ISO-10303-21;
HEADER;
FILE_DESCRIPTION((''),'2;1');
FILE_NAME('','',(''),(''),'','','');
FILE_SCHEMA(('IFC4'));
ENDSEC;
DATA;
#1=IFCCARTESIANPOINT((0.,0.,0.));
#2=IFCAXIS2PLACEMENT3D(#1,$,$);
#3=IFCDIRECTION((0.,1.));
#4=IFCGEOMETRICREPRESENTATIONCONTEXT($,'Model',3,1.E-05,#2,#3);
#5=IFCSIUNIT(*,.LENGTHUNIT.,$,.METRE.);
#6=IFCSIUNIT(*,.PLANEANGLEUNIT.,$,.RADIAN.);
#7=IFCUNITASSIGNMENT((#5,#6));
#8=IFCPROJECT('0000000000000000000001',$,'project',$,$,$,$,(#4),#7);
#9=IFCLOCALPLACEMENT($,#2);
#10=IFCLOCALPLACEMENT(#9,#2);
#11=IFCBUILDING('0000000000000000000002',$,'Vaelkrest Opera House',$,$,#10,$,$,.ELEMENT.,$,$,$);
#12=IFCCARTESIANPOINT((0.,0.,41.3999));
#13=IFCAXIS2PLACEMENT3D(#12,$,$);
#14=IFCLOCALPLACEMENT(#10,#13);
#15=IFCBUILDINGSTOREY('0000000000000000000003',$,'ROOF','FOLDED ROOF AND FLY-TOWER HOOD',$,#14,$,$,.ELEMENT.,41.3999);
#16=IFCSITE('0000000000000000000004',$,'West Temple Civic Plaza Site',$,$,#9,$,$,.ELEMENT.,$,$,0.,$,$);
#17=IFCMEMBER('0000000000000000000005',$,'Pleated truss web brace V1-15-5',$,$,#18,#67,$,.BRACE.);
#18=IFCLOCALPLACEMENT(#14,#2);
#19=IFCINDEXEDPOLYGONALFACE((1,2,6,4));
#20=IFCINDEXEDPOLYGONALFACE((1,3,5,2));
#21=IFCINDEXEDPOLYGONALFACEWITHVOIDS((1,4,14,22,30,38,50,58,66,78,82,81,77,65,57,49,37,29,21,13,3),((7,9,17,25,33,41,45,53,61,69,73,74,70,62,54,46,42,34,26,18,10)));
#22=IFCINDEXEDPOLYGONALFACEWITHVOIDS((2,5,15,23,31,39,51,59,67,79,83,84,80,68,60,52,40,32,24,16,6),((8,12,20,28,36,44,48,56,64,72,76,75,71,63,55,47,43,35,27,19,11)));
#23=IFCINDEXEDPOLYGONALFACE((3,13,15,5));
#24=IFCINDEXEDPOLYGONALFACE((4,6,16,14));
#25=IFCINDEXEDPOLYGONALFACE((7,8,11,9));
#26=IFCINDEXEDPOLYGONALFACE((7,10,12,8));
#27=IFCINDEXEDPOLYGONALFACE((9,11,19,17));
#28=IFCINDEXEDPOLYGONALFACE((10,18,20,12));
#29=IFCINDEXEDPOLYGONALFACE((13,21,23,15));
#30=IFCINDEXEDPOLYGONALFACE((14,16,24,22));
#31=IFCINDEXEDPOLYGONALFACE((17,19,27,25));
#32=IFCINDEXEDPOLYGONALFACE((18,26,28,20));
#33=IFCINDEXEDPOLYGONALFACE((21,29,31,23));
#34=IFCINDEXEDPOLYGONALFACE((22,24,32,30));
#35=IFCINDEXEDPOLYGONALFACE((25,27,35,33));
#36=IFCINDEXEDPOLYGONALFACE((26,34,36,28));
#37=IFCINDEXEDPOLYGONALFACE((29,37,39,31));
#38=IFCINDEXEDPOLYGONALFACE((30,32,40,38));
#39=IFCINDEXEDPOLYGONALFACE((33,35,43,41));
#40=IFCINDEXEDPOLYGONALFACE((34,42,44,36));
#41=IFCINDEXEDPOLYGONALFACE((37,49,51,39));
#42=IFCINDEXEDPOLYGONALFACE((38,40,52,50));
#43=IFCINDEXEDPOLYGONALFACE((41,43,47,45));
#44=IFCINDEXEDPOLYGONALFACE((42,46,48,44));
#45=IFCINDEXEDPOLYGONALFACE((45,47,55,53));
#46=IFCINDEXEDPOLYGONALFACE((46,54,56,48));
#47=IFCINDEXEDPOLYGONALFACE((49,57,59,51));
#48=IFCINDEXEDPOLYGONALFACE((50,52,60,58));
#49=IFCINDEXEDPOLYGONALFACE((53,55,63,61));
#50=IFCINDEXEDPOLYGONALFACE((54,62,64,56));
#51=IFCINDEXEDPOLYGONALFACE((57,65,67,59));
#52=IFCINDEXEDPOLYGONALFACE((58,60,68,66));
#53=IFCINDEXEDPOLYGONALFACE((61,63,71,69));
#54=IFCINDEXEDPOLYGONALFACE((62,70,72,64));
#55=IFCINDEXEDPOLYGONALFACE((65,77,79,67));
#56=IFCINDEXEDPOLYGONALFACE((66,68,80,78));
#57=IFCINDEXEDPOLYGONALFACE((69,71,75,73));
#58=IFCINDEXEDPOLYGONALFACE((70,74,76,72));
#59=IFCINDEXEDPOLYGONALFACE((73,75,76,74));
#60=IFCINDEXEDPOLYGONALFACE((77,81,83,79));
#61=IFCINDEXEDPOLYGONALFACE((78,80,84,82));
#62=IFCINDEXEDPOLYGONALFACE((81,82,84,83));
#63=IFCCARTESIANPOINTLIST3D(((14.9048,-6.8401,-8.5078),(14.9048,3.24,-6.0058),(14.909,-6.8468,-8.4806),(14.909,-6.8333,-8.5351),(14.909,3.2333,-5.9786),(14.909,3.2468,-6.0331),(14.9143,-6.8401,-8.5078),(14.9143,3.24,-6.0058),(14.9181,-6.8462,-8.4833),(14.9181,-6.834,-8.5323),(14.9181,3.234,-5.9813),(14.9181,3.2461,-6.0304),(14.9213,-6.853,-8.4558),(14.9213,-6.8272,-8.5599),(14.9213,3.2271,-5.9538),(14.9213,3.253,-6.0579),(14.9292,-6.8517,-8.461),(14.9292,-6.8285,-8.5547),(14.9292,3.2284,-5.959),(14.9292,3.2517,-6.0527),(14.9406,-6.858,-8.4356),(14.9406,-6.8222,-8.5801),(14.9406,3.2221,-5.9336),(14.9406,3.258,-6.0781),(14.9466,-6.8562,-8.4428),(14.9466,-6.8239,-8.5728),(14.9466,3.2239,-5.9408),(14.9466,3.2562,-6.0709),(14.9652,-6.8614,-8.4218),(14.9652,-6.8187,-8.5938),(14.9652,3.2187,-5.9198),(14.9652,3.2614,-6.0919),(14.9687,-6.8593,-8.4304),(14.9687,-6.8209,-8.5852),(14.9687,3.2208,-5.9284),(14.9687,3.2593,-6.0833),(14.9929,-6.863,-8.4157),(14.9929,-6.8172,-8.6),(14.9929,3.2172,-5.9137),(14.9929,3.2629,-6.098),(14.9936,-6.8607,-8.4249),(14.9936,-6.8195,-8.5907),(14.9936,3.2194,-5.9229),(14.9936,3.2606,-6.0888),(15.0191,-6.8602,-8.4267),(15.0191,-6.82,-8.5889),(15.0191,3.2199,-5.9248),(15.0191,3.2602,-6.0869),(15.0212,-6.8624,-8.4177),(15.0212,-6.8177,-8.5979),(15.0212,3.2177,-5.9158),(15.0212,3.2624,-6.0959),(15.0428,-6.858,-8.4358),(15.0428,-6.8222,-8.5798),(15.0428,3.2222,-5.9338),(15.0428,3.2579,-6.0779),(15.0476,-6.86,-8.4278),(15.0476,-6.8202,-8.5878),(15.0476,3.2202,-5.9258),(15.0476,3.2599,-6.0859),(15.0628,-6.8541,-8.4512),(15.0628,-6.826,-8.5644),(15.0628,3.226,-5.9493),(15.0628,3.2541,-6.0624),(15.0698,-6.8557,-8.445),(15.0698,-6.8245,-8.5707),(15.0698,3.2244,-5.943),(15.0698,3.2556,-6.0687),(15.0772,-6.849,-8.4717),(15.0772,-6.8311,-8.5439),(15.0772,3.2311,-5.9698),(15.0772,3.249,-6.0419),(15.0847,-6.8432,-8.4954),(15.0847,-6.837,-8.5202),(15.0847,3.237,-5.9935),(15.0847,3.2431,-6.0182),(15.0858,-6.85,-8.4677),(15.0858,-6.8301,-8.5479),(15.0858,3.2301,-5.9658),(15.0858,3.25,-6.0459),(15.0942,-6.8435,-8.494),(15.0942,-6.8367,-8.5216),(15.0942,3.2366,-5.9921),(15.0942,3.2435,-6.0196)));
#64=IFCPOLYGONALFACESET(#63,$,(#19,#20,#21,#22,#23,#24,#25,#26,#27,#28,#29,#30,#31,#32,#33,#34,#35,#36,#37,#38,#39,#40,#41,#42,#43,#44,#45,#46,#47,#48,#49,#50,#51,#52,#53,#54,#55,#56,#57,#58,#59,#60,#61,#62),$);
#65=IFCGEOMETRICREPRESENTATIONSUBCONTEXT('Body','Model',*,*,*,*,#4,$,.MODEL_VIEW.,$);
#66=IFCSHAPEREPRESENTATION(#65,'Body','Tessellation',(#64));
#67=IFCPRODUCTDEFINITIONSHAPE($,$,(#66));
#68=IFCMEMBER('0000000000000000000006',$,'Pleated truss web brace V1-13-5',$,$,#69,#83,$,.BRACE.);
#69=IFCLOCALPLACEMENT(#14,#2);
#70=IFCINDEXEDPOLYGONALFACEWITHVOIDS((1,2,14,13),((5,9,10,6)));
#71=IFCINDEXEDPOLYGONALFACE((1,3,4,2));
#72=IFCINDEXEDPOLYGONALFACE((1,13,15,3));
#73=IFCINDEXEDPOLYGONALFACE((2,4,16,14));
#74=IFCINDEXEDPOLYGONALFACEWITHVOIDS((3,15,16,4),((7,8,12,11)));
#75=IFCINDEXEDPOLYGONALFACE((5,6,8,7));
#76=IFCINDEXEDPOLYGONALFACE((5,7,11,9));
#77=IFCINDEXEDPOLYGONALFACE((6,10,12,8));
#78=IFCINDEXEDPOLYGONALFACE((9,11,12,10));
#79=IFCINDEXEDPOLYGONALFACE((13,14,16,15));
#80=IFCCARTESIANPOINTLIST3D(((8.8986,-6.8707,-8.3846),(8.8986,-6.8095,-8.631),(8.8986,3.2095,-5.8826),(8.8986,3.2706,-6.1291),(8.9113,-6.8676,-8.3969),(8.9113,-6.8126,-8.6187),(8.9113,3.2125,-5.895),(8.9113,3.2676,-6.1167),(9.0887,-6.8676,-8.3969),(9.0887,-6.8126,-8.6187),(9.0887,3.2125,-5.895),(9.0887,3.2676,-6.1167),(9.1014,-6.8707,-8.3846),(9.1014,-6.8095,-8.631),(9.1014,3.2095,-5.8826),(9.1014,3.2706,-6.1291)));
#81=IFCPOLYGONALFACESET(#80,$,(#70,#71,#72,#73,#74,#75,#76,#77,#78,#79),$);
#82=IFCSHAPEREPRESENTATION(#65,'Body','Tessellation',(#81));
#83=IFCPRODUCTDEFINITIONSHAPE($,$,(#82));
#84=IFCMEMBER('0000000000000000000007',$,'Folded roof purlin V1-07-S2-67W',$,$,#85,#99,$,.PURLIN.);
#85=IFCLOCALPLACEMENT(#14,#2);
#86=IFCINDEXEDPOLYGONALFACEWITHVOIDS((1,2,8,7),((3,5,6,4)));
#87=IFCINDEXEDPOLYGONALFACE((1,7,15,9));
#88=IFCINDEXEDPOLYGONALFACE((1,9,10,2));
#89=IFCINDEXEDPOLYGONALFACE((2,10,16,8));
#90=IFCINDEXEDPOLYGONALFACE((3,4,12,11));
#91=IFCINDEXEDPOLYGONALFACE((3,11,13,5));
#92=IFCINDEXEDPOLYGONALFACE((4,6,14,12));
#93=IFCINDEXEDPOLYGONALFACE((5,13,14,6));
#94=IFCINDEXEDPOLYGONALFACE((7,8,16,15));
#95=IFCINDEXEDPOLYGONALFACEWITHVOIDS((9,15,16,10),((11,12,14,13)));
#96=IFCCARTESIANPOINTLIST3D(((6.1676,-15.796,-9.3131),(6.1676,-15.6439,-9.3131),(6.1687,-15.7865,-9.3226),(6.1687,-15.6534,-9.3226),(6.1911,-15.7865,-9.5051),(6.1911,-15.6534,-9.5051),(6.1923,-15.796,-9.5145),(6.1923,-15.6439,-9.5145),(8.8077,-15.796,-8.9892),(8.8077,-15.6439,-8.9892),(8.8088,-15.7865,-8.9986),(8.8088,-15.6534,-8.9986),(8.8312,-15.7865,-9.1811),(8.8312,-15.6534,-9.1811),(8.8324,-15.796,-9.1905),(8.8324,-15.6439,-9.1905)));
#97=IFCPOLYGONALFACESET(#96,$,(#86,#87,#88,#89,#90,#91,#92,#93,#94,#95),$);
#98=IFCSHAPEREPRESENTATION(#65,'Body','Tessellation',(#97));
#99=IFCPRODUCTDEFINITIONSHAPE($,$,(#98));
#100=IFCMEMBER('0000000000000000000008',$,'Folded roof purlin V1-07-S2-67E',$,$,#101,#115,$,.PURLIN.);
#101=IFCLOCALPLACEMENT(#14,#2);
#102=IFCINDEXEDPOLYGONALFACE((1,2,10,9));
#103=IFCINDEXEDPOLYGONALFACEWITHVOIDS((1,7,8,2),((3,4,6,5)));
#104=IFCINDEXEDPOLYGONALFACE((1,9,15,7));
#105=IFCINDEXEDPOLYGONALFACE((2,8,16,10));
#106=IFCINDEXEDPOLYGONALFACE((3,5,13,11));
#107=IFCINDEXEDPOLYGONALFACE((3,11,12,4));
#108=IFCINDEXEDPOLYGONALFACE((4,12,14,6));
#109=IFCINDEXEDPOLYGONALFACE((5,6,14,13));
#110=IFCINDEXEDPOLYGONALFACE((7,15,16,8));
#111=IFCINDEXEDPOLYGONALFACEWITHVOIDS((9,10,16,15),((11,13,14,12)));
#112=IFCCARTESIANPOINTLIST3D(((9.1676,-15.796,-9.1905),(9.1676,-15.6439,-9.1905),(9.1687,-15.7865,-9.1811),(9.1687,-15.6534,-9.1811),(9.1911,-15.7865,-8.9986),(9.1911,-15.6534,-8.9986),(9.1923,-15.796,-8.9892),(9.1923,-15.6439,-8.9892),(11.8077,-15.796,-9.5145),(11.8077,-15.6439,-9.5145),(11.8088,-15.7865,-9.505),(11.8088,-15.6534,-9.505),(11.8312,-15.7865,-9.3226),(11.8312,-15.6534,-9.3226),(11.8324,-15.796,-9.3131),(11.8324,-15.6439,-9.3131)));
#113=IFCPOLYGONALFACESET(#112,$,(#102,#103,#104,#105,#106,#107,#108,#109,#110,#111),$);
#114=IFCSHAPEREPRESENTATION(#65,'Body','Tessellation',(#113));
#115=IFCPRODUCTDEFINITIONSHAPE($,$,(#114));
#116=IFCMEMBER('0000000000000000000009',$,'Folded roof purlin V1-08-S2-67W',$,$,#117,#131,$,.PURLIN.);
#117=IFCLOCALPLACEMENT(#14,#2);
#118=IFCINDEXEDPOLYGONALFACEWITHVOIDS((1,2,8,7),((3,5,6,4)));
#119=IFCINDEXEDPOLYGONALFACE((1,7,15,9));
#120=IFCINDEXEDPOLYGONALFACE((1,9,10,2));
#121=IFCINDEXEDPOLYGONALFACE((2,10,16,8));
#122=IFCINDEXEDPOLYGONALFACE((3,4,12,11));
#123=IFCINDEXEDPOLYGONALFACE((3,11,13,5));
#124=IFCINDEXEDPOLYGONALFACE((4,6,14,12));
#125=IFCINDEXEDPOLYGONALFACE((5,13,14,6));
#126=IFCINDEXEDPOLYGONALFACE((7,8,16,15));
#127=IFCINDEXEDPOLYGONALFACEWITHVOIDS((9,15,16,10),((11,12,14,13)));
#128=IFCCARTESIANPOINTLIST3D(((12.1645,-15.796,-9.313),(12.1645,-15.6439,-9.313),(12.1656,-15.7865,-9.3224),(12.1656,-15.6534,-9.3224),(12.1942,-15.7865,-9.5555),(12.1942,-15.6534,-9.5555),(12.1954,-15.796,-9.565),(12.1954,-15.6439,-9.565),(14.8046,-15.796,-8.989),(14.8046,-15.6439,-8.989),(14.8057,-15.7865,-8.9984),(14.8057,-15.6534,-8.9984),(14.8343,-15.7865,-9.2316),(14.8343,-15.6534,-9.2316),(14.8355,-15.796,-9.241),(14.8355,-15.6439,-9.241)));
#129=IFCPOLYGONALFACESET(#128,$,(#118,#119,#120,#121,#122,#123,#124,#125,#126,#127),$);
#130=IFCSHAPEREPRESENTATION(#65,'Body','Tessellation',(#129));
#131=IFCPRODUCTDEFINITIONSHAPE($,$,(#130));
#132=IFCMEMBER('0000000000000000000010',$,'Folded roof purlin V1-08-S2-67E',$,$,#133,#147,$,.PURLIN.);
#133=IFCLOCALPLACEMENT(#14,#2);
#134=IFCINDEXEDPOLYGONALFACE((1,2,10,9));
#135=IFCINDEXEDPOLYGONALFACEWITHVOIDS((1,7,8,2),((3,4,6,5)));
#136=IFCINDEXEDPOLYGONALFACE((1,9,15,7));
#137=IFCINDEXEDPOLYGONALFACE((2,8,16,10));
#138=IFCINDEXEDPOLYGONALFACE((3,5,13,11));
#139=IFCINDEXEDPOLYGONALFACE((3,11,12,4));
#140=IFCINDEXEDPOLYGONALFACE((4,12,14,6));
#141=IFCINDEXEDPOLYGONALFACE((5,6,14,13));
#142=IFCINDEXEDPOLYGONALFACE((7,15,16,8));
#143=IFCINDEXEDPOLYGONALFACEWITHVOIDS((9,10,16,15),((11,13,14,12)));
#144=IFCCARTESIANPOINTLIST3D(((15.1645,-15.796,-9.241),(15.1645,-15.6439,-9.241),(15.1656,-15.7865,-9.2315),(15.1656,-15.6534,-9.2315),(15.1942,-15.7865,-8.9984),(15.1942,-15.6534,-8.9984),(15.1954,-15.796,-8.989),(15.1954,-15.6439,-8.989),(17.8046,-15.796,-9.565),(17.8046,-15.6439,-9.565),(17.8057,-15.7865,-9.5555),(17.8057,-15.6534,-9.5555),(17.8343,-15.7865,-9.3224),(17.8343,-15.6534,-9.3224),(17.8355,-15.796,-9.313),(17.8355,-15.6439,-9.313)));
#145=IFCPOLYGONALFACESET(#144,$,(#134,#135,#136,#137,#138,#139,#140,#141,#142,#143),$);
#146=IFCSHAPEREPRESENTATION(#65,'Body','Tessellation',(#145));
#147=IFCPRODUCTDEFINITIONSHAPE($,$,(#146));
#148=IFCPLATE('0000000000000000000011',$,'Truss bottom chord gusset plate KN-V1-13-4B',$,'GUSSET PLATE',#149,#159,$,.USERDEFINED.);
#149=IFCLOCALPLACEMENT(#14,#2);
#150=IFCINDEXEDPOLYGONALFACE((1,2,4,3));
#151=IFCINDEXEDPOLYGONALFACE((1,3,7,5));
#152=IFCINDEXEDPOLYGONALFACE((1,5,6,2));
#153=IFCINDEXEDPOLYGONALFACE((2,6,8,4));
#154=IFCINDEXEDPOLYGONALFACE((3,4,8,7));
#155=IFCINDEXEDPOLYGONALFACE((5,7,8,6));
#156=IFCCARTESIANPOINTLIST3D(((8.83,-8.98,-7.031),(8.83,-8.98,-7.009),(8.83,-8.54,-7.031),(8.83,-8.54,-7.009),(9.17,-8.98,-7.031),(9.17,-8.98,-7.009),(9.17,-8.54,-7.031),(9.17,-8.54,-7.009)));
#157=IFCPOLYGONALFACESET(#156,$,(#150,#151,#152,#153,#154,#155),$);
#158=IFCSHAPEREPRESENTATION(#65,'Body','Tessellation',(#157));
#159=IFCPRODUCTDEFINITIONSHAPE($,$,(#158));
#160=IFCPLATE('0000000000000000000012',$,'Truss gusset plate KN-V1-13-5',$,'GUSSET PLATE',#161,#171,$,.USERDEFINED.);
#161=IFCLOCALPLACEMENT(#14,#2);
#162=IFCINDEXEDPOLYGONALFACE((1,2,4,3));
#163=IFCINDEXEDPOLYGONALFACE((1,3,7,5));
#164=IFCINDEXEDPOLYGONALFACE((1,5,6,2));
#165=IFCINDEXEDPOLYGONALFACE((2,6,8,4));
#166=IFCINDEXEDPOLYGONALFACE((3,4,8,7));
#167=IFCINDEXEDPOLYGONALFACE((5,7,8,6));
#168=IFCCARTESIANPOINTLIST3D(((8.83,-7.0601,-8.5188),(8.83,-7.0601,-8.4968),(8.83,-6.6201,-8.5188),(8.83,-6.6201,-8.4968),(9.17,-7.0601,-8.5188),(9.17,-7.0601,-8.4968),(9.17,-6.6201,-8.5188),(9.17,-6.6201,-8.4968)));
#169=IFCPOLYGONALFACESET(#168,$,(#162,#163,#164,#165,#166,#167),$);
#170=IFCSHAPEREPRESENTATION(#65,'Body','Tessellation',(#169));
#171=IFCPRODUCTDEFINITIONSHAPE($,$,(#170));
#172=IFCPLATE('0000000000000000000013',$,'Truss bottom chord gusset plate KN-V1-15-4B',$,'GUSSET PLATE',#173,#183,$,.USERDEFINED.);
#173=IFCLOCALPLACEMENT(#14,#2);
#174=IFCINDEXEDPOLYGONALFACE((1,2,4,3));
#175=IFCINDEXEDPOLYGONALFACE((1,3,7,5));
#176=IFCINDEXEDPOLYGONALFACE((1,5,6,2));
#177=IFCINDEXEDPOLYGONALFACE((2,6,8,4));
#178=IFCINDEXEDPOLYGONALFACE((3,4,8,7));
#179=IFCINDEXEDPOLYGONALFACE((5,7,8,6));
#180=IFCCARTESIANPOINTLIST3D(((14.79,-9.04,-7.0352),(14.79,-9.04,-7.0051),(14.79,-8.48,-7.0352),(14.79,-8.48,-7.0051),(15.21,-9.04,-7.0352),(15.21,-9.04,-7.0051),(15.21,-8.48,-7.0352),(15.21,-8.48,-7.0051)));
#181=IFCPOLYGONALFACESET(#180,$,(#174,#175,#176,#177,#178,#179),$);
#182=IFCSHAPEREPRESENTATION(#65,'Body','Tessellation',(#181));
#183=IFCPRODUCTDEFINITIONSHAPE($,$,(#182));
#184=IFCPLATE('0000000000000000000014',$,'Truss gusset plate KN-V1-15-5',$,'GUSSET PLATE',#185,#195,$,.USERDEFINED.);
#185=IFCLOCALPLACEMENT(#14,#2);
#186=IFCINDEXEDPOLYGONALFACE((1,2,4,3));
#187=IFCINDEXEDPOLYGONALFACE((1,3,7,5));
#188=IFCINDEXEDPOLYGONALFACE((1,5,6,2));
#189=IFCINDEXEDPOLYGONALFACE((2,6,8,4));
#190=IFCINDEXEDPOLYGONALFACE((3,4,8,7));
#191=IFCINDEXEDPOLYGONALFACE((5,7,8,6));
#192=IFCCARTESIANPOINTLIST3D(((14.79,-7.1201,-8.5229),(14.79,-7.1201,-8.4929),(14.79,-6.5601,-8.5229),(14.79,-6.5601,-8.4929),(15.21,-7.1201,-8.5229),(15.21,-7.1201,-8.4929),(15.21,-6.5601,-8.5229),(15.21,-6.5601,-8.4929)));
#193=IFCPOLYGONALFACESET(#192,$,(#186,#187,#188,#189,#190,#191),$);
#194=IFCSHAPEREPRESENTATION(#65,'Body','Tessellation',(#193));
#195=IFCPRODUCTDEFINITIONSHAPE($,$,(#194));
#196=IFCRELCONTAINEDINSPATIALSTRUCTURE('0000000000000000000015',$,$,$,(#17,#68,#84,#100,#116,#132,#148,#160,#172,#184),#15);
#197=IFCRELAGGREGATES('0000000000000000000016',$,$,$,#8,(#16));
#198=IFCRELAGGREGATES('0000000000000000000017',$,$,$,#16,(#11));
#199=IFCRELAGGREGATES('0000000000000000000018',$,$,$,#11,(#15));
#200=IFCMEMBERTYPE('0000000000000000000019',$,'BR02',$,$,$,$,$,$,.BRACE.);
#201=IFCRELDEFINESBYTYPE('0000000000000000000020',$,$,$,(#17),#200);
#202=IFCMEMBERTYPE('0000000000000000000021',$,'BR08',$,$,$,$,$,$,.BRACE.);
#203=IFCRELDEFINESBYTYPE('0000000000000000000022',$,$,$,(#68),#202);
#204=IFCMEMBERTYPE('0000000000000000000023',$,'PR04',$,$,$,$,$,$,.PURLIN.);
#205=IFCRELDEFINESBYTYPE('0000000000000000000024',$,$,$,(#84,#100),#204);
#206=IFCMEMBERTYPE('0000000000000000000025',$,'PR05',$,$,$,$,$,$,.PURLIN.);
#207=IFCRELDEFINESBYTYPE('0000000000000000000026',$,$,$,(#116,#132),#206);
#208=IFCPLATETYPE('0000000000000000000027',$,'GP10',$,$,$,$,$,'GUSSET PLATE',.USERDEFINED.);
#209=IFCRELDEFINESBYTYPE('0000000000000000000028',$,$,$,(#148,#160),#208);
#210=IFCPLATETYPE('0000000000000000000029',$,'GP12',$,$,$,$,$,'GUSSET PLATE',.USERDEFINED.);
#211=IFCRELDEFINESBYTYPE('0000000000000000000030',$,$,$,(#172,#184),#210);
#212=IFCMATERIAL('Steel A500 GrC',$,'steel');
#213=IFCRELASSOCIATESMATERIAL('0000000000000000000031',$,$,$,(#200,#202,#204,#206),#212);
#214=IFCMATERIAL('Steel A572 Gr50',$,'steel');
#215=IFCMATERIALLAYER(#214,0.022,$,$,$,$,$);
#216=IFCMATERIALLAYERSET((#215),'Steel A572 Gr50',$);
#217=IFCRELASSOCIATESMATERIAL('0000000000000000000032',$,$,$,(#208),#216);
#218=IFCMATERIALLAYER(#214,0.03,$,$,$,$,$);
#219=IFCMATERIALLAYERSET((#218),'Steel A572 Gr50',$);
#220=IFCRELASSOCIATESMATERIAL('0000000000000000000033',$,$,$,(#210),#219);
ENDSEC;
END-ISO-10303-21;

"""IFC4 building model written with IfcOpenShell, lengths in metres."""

from ifc_helpers import new_model, si_unit, direction, frame, origin, origin_2d, place, context, subcontext, project, spatial, rectangle, hollow_rectangle, hollow_circle, extrude, material, layer, layer_set, material_profile, profile_set, type_object, element, save


model = new_model("IFC4")

# Units and contexts
model_context = context("Model", 3, precision=1e-05, world=origin(), true_north=direction((0.0, 1.0)))
body_context = subcontext(model_context, "Body", "Model", "MODEL_VIEW")
ifc_project = project(units=[si_unit("LENGTHUNIT", "METRE"), si_unit("PLANEANGLEUNIT", "RADIAN")], contexts=[model_context])

# Site, building, storey
site_placement = place(None, origin())
site = spatial("IfcSite", under=ifc_project, at=site_placement, Name="West Temple Civic Plaza Site", CompositionType="ELEMENT", RefElevation=0.0)
building_placement = place(site_placement, origin())
building = spatial("IfcBuilding", under=site, at=building_placement, Name="Vaelkrest Opera House", CompositionType="ELEMENT")
storey_placement = place(building_placement, frame((0.0, 0.0, 41.3999)))
storey = spatial("IfcBuildingStorey", under=building, at=storey_placement, Name="ROOF", Description="FOLDED ROOF AND FLY-TOWER HOOD", CompositionType="ELEMENT", Elevation=41.3999)

# Members
ifc_material_1 = material(Name="Steel A500 GrC", Category="steel")
ifc_material_profile_1 = material_profile(ifc_material_1, hollow_circle(Radius=0.0952, WallThickness=0.0095, at=origin_2d()), Name="HSS190.5X9.5")
ifc_profile_set_1 = profile_set([ifc_material_profile_1], Name="Steel A500 GrC")
member_type_1 = type_object("IfcMemberType", Name="BR02", PredefinedType="BRACE", material=ifc_profile_set_1)
member_1_placement = place(storey_placement, frame((15.0, -6.8401, -8.5078), z_axis=(0.0, 0.97055, 0.240898), x_axis=(-1.0, 0.0, 0.0)))
element("IfcMember", 1, at=member_1_placement, inside=storey, type_object=member_type_1, Name="Pleated truss web brace V1-15-5", PredefinedType="BRACE", context=body_context, shape_type="SweptSolid", body=[
    extrude(hollow_circle(Radius=0.0952, WallThickness=0.0095, at=origin_2d()), origin(), (0.0, 0.0, 1.0), 10.386),
])
ifc_material_profile_2 = material_profile(ifc_material_1, hollow_rectangle(XDim=0.2029, YDim=0.2539, WallThickness=0.0127, at=origin_2d()), Name="HSS254X203X12.7")
ifc_profile_set_2 = profile_set([ifc_material_profile_2], Name="Steel A500 GrC")
member_type_2 = type_object("IfcMemberType", Name="BR08", PredefinedType="BRACE", material=ifc_profile_set_2)
member_2_placement = place(storey_placement, frame((9.0, -6.8401, -8.5078), z_axis=(0.0, 0.97055, 0.240898), x_axis=(-1.0, 0.0, 0.0)))
element("IfcMember", 2, at=member_2_placement, inside=storey, type_object=member_type_2, Name="Pleated truss web brace V1-13-5", PredefinedType="BRACE", context=body_context, shape_type="SweptSolid", body=[
    extrude(hollow_rectangle(XDim=0.2029, YDim=0.2539, WallThickness=0.0127, at=origin_2d()), origin(), (0.0, 0.0, 1.0), 10.386),
])
ifc_material_profile_3 = material_profile(ifc_material_1, hollow_rectangle(XDim=0.1521, YDim=0.2029, WallThickness=0.0095, at=origin_2d()), Name="HSS203X152X9.5")
ifc_profile_set_3 = profile_set([ifc_material_profile_3], Name="Steel A500 GrC")
member_type_3 = type_object("IfcMemberType", Name="PR04", PredefinedType="PURLIN", material=ifc_profile_set_3)
for number, where, z_axis, x_axis, name in (
    (3, (6.1799, -15.72, -9.4138), (0.992555, 0.0, 0.121798), (0.0, 1.0, 0.0), "Folded roof purlin V1-07-S2-67W"),
    (4, (9.1799, -15.72, -9.0898), (0.992555, 0.0, -0.121798), (0.0, 1.0, 0.0), "Folded roof purlin V1-07-S2-67E"),
):
    element("IfcMember", number, at=place(storey_placement, frame(where, z_axis=z_axis, x_axis=x_axis)), inside=storey, type_object=member_type_3, Name=name, PredefinedType="PURLIN", context=body_context, shape_type="SweptSolid", body=[
        extrude(hollow_rectangle(XDim=0.1521, YDim=0.2029, WallThickness=0.0095, at=origin_2d()), origin(), (0.0, 0.0, 1.0), 2.6599),
    ])
ifc_material_profile_4 = material_profile(ifc_material_1, hollow_rectangle(XDim=0.1521, YDim=0.2539, WallThickness=0.0095, at=origin_2d()), Name="HSS254X152X9.5")
ifc_profile_set_4 = profile_set([ifc_material_profile_4], Name="Steel A500 GrC")
member_type_4 = type_object("IfcMemberType", Name="PR05", PredefinedType="PURLIN", material=ifc_profile_set_4)
for number, where, z_axis, x_axis, name in (
    (5, (12.1799, -15.72, -9.439), (0.992555, 0.0, 0.121798), (0.0, 1.0, 0.0), "Folded roof purlin V1-08-S2-67W"),
    (6, (15.1799, -15.72, -9.115), (0.992555, 0.0, -0.121798), (0.0, 1.0, 0.0), "Folded roof purlin V1-08-S2-67E"),
):
    element("IfcMember", number, at=place(storey_placement, frame(where, z_axis=z_axis, x_axis=x_axis)), inside=storey, type_object=member_type_4, Name=name, PredefinedType="PURLIN", context=body_context, shape_type="SweptSolid", body=[
        extrude(hollow_rectangle(XDim=0.1521, YDim=0.2539, WallThickness=0.0095, at=origin_2d()), origin(), (0.0, 0.0, 1.0), 2.6599),
    ])

# Plates
ifc_material_2 = material(Name="Steel A572 Gr50", Category="steel")
ifc_layer_1 = layer(ifc_material_2, 0.022)
ifc_layer_set_1 = layer_set([ifc_layer_1], Name="Steel A572 Gr50")
plate_type_1 = type_object("IfcPlateType", Name="GP10", ElementType="GUSSET PLATE", PredefinedType="USERDEFINED", material=ifc_layer_set_1)
for number, where, z_axis, x_axis, name in (
    (7, (9.0, -8.76, -7.031), (0.0, 0.0, 1.0), (0.0, 1.0, 0.0), "Truss bottom chord gusset plate KN-V1-13-4B"),
    (8, (9.0, -6.8401, -8.5188), (0.0, 0.0, 1.0), (0.0, 1.0, 0.0), "Truss gusset plate KN-V1-13-5"),
):
    element("IfcPlate", number, at=place(storey_placement, frame(where, z_axis=z_axis, x_axis=x_axis)), inside=storey, type_object=plate_type_1, Name=name, ObjectType="GUSSET PLATE", PredefinedType="USERDEFINED", context=body_context, shape_type="SweptSolid", body=[
        extrude(rectangle(XDim=0.4399, YDim=0.3401, at=origin_2d()), origin(), (0.0, 0.0, 1.0), 0.022),
    ])
ifc_layer_2 = layer(ifc_material_2, 0.03)
ifc_layer_set_2 = layer_set([ifc_layer_2], Name="Steel A572 Gr50")
plate_type_2 = type_object("IfcPlateType", Name="GP12", ElementType="GUSSET PLATE", PredefinedType="USERDEFINED", material=ifc_layer_set_2)
for number, where, z_axis, x_axis, name in (
    (9, (15.0, -8.76, -7.0352), (0.0, 0.0, 1.0), (0.0, 1.0, 0.0), "Truss bottom chord gusset plate KN-V1-15-4B"),
    (10, (15.0, -6.8401, -8.5229), (0.0, 0.0, 1.0), (0.0, 1.0, 0.0), "Truss gusset plate KN-V1-15-5"),
):
    element("IfcPlate", number, at=place(storey_placement, frame(where, z_axis=z_axis, x_axis=x_axis)), inside=storey, type_object=plate_type_2, Name=name, ObjectType="GUSSET PLATE", PredefinedType="USERDEFINED", context=body_context, shape_type="SweptSolid", body=[
        extrude(rectangle(XDim=0.5601, YDim=0.4199, at=origin_2d()), origin(), (0.0, 0.0, 1.0), 0.03),
    ])

save(model, "model.ifc")
